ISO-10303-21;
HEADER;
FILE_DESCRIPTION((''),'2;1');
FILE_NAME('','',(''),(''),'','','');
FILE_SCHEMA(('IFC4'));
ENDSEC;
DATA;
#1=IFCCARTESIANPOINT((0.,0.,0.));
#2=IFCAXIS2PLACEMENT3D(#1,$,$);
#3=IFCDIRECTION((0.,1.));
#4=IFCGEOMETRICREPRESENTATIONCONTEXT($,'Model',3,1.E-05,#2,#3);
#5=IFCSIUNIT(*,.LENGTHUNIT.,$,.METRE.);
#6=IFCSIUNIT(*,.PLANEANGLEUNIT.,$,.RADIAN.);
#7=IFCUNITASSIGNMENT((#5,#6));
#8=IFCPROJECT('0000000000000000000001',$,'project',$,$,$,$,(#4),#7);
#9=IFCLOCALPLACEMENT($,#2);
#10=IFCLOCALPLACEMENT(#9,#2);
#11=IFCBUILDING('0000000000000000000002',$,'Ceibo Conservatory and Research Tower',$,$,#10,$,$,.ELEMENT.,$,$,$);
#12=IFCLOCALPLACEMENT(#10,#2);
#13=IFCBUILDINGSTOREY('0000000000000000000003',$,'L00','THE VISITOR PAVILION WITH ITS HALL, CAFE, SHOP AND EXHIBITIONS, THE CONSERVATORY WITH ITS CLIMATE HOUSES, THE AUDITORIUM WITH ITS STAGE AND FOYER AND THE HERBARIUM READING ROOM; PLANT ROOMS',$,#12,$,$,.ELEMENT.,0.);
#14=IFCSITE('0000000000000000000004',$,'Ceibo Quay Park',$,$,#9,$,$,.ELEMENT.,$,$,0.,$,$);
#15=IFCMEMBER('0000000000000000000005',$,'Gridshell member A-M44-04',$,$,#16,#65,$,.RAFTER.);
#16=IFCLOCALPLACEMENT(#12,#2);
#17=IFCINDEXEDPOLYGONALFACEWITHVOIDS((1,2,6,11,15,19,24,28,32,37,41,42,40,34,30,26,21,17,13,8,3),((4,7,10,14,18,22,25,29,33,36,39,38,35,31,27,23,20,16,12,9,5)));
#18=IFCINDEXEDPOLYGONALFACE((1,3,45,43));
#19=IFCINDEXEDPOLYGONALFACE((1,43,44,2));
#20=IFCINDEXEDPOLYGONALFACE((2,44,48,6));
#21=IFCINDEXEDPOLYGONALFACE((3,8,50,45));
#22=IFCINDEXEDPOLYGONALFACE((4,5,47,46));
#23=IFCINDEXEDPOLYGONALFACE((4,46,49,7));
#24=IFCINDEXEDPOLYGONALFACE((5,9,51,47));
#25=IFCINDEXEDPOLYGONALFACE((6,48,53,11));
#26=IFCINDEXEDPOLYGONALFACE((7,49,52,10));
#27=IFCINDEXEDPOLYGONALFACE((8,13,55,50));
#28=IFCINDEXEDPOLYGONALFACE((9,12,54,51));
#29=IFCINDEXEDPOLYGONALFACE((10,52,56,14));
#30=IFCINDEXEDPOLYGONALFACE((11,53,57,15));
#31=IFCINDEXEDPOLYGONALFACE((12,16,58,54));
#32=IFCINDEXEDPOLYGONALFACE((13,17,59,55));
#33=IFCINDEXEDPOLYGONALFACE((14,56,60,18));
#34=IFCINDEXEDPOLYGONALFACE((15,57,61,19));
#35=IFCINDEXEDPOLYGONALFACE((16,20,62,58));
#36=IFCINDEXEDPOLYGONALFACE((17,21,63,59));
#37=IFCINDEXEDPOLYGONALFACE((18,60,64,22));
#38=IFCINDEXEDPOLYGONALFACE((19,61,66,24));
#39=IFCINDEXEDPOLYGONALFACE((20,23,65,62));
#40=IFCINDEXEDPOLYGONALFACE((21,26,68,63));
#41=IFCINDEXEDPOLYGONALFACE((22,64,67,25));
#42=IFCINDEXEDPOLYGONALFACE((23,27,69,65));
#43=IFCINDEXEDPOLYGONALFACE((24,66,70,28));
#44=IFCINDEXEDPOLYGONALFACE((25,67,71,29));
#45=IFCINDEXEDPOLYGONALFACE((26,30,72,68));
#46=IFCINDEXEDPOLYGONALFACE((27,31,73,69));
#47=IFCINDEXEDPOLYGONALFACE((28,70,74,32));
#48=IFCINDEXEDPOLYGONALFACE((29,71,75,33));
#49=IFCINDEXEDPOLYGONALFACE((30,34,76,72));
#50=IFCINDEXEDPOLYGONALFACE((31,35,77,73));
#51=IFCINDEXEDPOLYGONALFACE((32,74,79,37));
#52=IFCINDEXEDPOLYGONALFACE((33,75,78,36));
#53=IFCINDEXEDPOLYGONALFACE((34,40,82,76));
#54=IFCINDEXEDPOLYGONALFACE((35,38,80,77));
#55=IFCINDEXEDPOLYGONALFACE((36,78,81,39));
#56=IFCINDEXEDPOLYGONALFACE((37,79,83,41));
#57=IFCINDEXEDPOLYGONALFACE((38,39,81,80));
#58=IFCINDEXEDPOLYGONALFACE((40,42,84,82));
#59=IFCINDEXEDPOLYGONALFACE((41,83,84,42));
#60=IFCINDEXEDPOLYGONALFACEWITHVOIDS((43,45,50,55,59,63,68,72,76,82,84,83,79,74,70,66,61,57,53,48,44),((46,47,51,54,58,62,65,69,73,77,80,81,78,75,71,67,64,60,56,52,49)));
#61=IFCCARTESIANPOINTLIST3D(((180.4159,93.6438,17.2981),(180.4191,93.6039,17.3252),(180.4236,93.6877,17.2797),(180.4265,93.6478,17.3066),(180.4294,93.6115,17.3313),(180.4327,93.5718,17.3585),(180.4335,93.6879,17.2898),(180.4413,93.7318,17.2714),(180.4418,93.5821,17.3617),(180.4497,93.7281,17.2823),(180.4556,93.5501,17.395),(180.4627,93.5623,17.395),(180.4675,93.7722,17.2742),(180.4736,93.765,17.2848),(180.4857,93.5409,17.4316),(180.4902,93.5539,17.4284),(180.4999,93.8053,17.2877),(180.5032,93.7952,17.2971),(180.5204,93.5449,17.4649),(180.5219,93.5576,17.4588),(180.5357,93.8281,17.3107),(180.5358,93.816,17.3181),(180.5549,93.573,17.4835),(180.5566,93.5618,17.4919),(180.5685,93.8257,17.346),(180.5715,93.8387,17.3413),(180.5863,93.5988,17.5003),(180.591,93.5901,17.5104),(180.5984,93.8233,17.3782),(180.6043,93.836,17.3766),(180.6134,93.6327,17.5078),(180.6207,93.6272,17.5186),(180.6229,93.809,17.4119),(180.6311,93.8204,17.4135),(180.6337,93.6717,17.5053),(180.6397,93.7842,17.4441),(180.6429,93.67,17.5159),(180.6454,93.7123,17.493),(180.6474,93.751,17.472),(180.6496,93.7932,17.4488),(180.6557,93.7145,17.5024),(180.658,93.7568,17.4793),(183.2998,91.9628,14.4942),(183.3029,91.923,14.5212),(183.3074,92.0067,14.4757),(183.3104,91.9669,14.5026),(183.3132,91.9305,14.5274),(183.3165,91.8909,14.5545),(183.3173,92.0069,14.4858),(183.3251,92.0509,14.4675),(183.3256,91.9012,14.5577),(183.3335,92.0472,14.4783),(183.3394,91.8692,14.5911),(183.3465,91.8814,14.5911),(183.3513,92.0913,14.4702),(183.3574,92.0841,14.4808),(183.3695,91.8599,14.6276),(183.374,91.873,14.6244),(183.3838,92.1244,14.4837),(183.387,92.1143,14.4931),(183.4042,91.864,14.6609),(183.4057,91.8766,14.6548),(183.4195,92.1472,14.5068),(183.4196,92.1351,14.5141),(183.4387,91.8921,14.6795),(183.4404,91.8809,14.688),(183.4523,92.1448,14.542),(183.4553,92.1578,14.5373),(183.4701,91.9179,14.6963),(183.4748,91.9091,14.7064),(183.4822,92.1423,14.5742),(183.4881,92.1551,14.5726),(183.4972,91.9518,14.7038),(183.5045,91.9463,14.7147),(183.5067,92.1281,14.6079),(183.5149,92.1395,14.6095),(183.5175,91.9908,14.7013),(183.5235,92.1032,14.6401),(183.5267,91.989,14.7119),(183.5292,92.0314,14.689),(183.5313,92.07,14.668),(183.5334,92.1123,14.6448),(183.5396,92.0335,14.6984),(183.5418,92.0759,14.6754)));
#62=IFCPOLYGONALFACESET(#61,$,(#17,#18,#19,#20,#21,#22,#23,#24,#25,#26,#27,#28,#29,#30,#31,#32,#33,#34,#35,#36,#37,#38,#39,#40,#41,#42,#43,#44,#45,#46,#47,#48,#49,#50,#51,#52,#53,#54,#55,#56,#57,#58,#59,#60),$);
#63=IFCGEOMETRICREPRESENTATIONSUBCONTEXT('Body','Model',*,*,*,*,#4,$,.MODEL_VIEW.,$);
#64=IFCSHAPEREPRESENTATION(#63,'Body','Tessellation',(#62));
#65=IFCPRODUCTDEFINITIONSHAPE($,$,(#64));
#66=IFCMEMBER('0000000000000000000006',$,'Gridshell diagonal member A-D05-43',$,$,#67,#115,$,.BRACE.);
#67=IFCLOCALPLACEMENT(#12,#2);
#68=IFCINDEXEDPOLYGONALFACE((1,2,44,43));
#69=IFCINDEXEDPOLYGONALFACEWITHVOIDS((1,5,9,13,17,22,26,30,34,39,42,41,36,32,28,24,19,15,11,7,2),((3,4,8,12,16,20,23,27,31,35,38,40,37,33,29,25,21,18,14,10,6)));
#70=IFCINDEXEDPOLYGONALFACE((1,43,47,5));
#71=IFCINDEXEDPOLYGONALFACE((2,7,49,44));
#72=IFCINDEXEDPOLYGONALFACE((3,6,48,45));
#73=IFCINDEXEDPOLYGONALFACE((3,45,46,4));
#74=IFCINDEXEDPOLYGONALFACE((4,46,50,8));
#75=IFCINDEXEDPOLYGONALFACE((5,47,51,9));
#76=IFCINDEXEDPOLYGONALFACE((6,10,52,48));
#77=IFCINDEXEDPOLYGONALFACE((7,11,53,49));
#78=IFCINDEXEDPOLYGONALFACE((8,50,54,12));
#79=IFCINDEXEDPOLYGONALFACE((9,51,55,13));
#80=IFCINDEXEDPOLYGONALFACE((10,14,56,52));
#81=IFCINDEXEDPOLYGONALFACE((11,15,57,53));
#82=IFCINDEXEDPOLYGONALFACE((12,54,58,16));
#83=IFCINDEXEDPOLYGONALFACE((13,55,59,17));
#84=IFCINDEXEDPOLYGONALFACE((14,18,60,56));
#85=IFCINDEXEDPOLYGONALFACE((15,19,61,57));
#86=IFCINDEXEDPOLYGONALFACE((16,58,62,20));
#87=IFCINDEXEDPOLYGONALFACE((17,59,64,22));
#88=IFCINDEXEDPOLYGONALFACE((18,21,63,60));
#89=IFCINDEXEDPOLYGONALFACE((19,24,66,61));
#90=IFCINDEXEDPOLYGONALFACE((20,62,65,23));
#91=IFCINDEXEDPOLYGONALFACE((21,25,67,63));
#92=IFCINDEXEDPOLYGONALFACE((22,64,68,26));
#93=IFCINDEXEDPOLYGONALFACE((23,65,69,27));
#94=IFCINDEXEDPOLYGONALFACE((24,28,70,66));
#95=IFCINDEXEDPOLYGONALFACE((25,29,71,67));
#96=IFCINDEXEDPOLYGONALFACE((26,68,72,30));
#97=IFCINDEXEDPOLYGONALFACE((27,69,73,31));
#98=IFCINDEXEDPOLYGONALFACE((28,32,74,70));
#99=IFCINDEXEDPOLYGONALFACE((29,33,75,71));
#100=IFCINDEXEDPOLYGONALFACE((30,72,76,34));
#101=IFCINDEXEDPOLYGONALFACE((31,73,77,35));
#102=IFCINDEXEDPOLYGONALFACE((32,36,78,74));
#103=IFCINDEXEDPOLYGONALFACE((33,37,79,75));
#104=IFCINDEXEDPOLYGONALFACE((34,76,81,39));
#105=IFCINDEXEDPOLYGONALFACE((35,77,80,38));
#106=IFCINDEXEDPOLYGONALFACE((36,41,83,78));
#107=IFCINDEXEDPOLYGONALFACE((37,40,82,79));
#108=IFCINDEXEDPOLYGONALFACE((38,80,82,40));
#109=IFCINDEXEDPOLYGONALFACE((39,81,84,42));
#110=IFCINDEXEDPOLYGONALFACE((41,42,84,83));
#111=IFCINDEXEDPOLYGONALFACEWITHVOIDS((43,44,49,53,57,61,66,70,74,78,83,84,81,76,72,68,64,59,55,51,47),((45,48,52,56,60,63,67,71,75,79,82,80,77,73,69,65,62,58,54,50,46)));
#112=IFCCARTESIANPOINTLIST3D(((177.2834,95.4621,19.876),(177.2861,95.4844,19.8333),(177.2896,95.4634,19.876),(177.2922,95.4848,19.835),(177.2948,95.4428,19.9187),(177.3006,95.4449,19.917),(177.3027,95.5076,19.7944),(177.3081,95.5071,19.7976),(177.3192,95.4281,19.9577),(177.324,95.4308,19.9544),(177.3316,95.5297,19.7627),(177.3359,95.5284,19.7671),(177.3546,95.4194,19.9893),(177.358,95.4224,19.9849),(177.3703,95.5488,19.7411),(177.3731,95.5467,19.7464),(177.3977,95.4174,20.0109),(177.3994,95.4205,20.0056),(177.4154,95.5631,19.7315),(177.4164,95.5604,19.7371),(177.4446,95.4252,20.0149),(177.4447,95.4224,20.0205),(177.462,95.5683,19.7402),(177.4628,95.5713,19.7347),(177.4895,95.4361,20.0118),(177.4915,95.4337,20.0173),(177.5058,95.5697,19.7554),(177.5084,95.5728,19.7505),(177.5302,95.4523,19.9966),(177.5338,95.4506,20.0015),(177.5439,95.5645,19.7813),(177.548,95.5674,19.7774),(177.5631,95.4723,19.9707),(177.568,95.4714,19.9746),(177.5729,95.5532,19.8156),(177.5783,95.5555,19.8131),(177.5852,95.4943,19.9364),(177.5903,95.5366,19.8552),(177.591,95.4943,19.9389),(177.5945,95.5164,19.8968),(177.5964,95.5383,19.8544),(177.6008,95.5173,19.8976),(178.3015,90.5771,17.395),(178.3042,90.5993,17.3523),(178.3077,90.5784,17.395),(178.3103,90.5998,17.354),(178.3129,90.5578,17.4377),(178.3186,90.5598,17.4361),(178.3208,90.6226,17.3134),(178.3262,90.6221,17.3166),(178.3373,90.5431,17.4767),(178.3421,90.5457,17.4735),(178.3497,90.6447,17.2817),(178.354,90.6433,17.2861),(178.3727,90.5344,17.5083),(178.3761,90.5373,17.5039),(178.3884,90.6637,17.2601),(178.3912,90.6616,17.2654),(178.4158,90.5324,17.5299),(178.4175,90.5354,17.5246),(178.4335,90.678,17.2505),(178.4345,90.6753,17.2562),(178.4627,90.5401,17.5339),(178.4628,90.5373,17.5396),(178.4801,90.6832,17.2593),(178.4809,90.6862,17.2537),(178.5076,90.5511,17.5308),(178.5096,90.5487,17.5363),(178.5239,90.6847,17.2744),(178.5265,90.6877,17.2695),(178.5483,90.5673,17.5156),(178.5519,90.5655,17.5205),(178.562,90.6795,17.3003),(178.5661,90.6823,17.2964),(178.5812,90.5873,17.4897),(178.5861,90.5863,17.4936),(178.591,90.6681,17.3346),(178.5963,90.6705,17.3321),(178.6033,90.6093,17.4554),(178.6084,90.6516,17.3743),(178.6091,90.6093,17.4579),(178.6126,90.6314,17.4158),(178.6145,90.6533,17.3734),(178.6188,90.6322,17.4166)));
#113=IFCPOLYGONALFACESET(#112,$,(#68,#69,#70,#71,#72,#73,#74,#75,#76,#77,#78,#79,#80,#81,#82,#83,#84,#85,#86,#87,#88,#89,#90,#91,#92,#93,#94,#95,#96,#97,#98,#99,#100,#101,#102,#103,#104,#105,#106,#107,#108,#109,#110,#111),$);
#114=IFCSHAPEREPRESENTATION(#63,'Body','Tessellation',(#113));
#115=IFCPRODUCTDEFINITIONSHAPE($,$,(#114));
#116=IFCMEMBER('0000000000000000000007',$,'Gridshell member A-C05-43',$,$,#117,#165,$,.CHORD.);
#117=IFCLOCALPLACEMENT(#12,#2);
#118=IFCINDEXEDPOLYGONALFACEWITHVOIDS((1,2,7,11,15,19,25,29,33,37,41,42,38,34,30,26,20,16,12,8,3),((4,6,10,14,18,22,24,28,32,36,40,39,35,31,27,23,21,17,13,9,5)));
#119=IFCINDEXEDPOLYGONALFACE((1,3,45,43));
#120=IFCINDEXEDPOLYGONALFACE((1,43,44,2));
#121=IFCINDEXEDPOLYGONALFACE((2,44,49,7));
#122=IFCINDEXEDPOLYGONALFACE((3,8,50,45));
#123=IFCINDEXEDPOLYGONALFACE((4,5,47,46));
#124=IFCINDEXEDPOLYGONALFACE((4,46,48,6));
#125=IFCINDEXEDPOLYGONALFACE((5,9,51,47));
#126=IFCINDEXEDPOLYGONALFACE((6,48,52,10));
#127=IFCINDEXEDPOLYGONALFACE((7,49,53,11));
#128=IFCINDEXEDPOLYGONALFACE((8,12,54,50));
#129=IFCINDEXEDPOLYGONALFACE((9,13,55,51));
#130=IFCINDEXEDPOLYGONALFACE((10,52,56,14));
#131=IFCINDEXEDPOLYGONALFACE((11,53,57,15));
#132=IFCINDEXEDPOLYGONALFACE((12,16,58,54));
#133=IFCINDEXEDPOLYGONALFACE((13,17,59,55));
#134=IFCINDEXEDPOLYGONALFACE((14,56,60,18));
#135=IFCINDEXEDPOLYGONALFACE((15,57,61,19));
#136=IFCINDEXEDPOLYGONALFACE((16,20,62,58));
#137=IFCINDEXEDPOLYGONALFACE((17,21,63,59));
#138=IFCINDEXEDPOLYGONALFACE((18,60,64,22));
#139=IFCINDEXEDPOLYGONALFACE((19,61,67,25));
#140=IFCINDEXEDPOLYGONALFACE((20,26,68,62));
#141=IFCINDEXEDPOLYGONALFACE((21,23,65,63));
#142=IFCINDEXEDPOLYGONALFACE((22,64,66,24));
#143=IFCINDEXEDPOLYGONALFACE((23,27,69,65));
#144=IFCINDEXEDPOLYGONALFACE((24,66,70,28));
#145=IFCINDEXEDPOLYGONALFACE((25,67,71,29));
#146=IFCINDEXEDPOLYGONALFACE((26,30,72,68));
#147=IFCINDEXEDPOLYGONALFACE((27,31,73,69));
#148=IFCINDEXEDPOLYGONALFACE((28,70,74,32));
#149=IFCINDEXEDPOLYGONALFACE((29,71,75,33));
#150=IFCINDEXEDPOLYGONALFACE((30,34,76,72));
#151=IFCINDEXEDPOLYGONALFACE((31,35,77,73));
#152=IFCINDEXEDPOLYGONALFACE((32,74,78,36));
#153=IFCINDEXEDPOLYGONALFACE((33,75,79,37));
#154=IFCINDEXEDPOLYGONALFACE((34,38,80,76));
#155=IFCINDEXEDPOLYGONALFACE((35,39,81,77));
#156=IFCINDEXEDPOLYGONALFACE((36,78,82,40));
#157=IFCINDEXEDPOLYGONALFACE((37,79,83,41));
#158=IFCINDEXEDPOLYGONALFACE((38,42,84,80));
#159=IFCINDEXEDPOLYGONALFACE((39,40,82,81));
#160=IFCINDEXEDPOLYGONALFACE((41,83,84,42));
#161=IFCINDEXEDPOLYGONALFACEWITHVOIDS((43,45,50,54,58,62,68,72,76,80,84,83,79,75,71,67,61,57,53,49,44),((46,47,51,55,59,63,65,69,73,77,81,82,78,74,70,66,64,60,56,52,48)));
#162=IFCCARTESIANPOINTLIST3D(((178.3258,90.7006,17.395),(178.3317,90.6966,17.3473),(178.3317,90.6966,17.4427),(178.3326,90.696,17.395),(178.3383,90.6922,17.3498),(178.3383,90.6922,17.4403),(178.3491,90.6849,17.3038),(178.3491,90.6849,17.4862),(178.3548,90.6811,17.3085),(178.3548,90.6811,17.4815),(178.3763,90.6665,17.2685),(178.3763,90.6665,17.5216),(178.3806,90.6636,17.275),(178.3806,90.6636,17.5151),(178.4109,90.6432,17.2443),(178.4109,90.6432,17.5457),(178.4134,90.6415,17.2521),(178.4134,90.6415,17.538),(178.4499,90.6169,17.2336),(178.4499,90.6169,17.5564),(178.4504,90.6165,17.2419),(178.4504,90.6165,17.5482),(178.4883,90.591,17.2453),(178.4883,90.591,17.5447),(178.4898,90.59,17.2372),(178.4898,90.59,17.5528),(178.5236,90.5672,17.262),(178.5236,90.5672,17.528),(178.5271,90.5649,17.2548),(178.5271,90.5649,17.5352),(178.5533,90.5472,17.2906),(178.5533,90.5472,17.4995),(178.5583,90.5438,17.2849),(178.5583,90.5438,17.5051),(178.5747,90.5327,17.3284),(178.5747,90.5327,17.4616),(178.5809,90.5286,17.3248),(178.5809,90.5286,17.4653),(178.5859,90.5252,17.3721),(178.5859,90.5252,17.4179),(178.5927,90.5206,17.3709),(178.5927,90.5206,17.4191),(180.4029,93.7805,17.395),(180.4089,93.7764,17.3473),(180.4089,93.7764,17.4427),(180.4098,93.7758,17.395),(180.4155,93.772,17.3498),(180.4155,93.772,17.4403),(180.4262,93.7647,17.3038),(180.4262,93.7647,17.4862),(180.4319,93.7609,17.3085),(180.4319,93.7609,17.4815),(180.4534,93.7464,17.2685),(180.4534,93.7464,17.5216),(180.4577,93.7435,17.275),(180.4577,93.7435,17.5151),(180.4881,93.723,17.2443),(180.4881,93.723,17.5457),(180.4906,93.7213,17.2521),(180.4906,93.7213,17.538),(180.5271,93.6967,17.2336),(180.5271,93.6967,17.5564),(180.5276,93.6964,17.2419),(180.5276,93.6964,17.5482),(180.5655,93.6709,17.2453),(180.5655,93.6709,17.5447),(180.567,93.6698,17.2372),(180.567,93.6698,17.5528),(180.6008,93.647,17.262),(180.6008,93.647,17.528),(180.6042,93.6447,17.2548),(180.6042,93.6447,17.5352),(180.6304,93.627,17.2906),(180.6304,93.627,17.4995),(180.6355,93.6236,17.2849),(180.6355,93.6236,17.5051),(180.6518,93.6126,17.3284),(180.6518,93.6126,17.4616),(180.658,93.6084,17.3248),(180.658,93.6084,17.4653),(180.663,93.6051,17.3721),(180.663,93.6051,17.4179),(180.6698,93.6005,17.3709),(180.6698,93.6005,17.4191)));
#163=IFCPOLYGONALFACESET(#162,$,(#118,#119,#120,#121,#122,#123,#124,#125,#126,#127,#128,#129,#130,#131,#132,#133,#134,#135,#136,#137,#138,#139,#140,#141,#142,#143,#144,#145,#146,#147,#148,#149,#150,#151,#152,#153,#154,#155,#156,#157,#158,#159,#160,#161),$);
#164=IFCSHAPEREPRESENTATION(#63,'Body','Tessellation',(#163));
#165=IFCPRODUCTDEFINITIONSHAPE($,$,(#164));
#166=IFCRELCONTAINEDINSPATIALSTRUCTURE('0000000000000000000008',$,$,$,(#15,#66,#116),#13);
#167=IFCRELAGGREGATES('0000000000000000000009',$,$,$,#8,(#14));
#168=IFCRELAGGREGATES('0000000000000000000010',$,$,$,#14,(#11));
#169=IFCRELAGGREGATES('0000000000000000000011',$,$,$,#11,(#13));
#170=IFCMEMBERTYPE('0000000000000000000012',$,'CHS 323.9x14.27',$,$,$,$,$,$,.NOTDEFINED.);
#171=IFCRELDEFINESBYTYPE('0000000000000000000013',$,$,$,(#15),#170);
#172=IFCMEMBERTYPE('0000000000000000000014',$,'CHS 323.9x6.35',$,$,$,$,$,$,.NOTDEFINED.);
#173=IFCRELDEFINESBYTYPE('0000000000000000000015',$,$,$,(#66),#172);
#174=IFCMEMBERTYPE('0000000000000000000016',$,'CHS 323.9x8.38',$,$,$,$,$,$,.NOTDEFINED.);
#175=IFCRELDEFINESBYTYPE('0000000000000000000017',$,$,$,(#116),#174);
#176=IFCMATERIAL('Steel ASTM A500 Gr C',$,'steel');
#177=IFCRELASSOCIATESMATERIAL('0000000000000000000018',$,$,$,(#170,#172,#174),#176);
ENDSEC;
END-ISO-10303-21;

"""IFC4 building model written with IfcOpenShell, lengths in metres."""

from ifc_helpers import new_model, si_unit, direction, frame, origin, origin_2d, place, context, subcontext, project, spatial, hollow_circle, extrude, material, material_profile, profile_set, type_object, element, save


model = new_model("IFC4")

# Units and contexts
model_context = context("Model", 3, precision=1e-05, world=origin(), true_north=direction((0.0, 1.0)))
body_context = subcontext(model_context, "Body", "Model", "MODEL_VIEW")
ifc_project = project(units=[si_unit("LENGTHUNIT", "METRE"), si_unit("PLANEANGLEUNIT", "RADIAN")], contexts=[model_context])

# Site, building, storey
site_placement = place(None, origin())
site = spatial("IfcSite", under=ifc_project, at=site_placement, Name="Ceibo Quay Park", CompositionType="ELEMENT", RefElevation=0.0)
building_placement = place(site_placement, origin())
building = spatial("IfcBuilding", under=site, at=building_placement, Name="Ceibo Conservatory and Research Tower", CompositionType="ELEMENT")
storey_placement = place(building_placement, origin())
storey = spatial("IfcBuildingStorey", under=building, at=storey_placement, Name="L00", Description="THE VISITOR PAVILION WITH ITS HALL, CAFE, SHOP AND EXHIBITIONS, THE CONSERVATORY WITH ITS CLIMATE HOUSES, THE AUDITORIUM WITH ITS STAGE AND FOYER AND THE HERBARIUM READING ROOM; PLANT ROOMS", CompositionType="ELEMENT", Elevation=0.0)

# Members
ifc_material_1 = material(Name="Steel ASTM A500 Gr C", Category="steel")
ifc_material_profile_1 = material_profile(ifc_material_1, hollow_circle(Radius=0.1619, WallThickness=0.0142, at=origin_2d()), Name="CHS 323.9x14.27")
ifc_profile_set_1 = profile_set([ifc_material_profile_1], Name="Steel ASTM A500 Gr C")
member_type_1 = type_object("IfcMemberType", Name="CHS 323.9x14.27", PredefinedType="NOTDEFINED", material=ifc_profile_set_1)
member_1_placement = place(storey_placement, frame((183.4209, 92.009, 14.5911), z_axis=(-0.661519, 0.385588, 0.643206), x_axis=(-0.50358, -0.863949, 0.0)))
element("IfcMember", 1, at=member_1_placement, inside=storey, type_object=member_type_1, Name="Gridshell member A-M44-04", PredefinedType="RAFTER", context=body_context, shape_type="SweptSolid", body=[
    extrude(hollow_circle(Radius=0.1619, WallThickness=0.0142, at=origin_2d()), origin(), (0.0, 0.0, 1.0), 4.3594),
])
ifc_material_profile_2 = material_profile(ifc_material_1, hollow_circle(Radius=0.1619, WallThickness=0.0063, at=origin_2d()), Name="CHS 323.9x6.35")
ifc_profile_set_2 = profile_set([ifc_material_profile_2], Name="Steel ASTM A500 Gr C")
member_type_2 = type_object("IfcMemberType", Name="CHS 323.9x6.35", PredefinedType="NOTDEFINED", material=ifc_profile_set_2)
member_2_placement = place(storey_placement, frame((178.46, 90.6101, 17.395), z_axis=(-0.182688, 0.876597, 0.445199), x_axis=(-0.978966, -0.204023, 0.0)))
element("IfcMember", 2, at=member_2_placement, inside=storey, type_object=member_type_2, Name="Gridshell diagonal member A-D05-43", PredefinedType="BRACE", context=body_context, shape_type="SweptSolid", body=[
    extrude(hollow_circle(Radius=0.1619, WallThickness=0.0063, at=origin_2d()), origin(), (0.0, 0.0, 1.0), 5.5728),
])
ifc_material_profile_3 = material_profile(ifc_material_1, hollow_circle(Radius=0.1619, WallThickness=0.0083, at=origin_2d()), Name="CHS 323.9x8.38")
ifc_profile_set_3 = profile_set([ifc_material_profile_3], Name="Steel ASTM A500 Gr C")
member_type_3 = type_object("IfcMemberType", Name="CHS 323.9x8.38", PredefinedType="NOTDEFINED", material=ifc_profile_set_3)
member_3_placement = place(storey_placement, frame((178.46, 90.6101, 17.395), z_axis=(0.559151, 0.829066, 0.0), x_axis=(-0.829066, 0.559151, 0.0)))
element("IfcMember", 3, at=member_3_placement, inside=storey, type_object=member_type_3, Name="Gridshell member A-C05-43", PredefinedType="CHORD", context=body_context, shape_type="SweptSolid", body=[
    extrude(hollow_circle(Radius=0.1619, WallThickness=0.0083, at=origin_2d()), origin(), (0.0, 0.0, 1.0), 3.7148),
])

save(model, "model.ifc")
